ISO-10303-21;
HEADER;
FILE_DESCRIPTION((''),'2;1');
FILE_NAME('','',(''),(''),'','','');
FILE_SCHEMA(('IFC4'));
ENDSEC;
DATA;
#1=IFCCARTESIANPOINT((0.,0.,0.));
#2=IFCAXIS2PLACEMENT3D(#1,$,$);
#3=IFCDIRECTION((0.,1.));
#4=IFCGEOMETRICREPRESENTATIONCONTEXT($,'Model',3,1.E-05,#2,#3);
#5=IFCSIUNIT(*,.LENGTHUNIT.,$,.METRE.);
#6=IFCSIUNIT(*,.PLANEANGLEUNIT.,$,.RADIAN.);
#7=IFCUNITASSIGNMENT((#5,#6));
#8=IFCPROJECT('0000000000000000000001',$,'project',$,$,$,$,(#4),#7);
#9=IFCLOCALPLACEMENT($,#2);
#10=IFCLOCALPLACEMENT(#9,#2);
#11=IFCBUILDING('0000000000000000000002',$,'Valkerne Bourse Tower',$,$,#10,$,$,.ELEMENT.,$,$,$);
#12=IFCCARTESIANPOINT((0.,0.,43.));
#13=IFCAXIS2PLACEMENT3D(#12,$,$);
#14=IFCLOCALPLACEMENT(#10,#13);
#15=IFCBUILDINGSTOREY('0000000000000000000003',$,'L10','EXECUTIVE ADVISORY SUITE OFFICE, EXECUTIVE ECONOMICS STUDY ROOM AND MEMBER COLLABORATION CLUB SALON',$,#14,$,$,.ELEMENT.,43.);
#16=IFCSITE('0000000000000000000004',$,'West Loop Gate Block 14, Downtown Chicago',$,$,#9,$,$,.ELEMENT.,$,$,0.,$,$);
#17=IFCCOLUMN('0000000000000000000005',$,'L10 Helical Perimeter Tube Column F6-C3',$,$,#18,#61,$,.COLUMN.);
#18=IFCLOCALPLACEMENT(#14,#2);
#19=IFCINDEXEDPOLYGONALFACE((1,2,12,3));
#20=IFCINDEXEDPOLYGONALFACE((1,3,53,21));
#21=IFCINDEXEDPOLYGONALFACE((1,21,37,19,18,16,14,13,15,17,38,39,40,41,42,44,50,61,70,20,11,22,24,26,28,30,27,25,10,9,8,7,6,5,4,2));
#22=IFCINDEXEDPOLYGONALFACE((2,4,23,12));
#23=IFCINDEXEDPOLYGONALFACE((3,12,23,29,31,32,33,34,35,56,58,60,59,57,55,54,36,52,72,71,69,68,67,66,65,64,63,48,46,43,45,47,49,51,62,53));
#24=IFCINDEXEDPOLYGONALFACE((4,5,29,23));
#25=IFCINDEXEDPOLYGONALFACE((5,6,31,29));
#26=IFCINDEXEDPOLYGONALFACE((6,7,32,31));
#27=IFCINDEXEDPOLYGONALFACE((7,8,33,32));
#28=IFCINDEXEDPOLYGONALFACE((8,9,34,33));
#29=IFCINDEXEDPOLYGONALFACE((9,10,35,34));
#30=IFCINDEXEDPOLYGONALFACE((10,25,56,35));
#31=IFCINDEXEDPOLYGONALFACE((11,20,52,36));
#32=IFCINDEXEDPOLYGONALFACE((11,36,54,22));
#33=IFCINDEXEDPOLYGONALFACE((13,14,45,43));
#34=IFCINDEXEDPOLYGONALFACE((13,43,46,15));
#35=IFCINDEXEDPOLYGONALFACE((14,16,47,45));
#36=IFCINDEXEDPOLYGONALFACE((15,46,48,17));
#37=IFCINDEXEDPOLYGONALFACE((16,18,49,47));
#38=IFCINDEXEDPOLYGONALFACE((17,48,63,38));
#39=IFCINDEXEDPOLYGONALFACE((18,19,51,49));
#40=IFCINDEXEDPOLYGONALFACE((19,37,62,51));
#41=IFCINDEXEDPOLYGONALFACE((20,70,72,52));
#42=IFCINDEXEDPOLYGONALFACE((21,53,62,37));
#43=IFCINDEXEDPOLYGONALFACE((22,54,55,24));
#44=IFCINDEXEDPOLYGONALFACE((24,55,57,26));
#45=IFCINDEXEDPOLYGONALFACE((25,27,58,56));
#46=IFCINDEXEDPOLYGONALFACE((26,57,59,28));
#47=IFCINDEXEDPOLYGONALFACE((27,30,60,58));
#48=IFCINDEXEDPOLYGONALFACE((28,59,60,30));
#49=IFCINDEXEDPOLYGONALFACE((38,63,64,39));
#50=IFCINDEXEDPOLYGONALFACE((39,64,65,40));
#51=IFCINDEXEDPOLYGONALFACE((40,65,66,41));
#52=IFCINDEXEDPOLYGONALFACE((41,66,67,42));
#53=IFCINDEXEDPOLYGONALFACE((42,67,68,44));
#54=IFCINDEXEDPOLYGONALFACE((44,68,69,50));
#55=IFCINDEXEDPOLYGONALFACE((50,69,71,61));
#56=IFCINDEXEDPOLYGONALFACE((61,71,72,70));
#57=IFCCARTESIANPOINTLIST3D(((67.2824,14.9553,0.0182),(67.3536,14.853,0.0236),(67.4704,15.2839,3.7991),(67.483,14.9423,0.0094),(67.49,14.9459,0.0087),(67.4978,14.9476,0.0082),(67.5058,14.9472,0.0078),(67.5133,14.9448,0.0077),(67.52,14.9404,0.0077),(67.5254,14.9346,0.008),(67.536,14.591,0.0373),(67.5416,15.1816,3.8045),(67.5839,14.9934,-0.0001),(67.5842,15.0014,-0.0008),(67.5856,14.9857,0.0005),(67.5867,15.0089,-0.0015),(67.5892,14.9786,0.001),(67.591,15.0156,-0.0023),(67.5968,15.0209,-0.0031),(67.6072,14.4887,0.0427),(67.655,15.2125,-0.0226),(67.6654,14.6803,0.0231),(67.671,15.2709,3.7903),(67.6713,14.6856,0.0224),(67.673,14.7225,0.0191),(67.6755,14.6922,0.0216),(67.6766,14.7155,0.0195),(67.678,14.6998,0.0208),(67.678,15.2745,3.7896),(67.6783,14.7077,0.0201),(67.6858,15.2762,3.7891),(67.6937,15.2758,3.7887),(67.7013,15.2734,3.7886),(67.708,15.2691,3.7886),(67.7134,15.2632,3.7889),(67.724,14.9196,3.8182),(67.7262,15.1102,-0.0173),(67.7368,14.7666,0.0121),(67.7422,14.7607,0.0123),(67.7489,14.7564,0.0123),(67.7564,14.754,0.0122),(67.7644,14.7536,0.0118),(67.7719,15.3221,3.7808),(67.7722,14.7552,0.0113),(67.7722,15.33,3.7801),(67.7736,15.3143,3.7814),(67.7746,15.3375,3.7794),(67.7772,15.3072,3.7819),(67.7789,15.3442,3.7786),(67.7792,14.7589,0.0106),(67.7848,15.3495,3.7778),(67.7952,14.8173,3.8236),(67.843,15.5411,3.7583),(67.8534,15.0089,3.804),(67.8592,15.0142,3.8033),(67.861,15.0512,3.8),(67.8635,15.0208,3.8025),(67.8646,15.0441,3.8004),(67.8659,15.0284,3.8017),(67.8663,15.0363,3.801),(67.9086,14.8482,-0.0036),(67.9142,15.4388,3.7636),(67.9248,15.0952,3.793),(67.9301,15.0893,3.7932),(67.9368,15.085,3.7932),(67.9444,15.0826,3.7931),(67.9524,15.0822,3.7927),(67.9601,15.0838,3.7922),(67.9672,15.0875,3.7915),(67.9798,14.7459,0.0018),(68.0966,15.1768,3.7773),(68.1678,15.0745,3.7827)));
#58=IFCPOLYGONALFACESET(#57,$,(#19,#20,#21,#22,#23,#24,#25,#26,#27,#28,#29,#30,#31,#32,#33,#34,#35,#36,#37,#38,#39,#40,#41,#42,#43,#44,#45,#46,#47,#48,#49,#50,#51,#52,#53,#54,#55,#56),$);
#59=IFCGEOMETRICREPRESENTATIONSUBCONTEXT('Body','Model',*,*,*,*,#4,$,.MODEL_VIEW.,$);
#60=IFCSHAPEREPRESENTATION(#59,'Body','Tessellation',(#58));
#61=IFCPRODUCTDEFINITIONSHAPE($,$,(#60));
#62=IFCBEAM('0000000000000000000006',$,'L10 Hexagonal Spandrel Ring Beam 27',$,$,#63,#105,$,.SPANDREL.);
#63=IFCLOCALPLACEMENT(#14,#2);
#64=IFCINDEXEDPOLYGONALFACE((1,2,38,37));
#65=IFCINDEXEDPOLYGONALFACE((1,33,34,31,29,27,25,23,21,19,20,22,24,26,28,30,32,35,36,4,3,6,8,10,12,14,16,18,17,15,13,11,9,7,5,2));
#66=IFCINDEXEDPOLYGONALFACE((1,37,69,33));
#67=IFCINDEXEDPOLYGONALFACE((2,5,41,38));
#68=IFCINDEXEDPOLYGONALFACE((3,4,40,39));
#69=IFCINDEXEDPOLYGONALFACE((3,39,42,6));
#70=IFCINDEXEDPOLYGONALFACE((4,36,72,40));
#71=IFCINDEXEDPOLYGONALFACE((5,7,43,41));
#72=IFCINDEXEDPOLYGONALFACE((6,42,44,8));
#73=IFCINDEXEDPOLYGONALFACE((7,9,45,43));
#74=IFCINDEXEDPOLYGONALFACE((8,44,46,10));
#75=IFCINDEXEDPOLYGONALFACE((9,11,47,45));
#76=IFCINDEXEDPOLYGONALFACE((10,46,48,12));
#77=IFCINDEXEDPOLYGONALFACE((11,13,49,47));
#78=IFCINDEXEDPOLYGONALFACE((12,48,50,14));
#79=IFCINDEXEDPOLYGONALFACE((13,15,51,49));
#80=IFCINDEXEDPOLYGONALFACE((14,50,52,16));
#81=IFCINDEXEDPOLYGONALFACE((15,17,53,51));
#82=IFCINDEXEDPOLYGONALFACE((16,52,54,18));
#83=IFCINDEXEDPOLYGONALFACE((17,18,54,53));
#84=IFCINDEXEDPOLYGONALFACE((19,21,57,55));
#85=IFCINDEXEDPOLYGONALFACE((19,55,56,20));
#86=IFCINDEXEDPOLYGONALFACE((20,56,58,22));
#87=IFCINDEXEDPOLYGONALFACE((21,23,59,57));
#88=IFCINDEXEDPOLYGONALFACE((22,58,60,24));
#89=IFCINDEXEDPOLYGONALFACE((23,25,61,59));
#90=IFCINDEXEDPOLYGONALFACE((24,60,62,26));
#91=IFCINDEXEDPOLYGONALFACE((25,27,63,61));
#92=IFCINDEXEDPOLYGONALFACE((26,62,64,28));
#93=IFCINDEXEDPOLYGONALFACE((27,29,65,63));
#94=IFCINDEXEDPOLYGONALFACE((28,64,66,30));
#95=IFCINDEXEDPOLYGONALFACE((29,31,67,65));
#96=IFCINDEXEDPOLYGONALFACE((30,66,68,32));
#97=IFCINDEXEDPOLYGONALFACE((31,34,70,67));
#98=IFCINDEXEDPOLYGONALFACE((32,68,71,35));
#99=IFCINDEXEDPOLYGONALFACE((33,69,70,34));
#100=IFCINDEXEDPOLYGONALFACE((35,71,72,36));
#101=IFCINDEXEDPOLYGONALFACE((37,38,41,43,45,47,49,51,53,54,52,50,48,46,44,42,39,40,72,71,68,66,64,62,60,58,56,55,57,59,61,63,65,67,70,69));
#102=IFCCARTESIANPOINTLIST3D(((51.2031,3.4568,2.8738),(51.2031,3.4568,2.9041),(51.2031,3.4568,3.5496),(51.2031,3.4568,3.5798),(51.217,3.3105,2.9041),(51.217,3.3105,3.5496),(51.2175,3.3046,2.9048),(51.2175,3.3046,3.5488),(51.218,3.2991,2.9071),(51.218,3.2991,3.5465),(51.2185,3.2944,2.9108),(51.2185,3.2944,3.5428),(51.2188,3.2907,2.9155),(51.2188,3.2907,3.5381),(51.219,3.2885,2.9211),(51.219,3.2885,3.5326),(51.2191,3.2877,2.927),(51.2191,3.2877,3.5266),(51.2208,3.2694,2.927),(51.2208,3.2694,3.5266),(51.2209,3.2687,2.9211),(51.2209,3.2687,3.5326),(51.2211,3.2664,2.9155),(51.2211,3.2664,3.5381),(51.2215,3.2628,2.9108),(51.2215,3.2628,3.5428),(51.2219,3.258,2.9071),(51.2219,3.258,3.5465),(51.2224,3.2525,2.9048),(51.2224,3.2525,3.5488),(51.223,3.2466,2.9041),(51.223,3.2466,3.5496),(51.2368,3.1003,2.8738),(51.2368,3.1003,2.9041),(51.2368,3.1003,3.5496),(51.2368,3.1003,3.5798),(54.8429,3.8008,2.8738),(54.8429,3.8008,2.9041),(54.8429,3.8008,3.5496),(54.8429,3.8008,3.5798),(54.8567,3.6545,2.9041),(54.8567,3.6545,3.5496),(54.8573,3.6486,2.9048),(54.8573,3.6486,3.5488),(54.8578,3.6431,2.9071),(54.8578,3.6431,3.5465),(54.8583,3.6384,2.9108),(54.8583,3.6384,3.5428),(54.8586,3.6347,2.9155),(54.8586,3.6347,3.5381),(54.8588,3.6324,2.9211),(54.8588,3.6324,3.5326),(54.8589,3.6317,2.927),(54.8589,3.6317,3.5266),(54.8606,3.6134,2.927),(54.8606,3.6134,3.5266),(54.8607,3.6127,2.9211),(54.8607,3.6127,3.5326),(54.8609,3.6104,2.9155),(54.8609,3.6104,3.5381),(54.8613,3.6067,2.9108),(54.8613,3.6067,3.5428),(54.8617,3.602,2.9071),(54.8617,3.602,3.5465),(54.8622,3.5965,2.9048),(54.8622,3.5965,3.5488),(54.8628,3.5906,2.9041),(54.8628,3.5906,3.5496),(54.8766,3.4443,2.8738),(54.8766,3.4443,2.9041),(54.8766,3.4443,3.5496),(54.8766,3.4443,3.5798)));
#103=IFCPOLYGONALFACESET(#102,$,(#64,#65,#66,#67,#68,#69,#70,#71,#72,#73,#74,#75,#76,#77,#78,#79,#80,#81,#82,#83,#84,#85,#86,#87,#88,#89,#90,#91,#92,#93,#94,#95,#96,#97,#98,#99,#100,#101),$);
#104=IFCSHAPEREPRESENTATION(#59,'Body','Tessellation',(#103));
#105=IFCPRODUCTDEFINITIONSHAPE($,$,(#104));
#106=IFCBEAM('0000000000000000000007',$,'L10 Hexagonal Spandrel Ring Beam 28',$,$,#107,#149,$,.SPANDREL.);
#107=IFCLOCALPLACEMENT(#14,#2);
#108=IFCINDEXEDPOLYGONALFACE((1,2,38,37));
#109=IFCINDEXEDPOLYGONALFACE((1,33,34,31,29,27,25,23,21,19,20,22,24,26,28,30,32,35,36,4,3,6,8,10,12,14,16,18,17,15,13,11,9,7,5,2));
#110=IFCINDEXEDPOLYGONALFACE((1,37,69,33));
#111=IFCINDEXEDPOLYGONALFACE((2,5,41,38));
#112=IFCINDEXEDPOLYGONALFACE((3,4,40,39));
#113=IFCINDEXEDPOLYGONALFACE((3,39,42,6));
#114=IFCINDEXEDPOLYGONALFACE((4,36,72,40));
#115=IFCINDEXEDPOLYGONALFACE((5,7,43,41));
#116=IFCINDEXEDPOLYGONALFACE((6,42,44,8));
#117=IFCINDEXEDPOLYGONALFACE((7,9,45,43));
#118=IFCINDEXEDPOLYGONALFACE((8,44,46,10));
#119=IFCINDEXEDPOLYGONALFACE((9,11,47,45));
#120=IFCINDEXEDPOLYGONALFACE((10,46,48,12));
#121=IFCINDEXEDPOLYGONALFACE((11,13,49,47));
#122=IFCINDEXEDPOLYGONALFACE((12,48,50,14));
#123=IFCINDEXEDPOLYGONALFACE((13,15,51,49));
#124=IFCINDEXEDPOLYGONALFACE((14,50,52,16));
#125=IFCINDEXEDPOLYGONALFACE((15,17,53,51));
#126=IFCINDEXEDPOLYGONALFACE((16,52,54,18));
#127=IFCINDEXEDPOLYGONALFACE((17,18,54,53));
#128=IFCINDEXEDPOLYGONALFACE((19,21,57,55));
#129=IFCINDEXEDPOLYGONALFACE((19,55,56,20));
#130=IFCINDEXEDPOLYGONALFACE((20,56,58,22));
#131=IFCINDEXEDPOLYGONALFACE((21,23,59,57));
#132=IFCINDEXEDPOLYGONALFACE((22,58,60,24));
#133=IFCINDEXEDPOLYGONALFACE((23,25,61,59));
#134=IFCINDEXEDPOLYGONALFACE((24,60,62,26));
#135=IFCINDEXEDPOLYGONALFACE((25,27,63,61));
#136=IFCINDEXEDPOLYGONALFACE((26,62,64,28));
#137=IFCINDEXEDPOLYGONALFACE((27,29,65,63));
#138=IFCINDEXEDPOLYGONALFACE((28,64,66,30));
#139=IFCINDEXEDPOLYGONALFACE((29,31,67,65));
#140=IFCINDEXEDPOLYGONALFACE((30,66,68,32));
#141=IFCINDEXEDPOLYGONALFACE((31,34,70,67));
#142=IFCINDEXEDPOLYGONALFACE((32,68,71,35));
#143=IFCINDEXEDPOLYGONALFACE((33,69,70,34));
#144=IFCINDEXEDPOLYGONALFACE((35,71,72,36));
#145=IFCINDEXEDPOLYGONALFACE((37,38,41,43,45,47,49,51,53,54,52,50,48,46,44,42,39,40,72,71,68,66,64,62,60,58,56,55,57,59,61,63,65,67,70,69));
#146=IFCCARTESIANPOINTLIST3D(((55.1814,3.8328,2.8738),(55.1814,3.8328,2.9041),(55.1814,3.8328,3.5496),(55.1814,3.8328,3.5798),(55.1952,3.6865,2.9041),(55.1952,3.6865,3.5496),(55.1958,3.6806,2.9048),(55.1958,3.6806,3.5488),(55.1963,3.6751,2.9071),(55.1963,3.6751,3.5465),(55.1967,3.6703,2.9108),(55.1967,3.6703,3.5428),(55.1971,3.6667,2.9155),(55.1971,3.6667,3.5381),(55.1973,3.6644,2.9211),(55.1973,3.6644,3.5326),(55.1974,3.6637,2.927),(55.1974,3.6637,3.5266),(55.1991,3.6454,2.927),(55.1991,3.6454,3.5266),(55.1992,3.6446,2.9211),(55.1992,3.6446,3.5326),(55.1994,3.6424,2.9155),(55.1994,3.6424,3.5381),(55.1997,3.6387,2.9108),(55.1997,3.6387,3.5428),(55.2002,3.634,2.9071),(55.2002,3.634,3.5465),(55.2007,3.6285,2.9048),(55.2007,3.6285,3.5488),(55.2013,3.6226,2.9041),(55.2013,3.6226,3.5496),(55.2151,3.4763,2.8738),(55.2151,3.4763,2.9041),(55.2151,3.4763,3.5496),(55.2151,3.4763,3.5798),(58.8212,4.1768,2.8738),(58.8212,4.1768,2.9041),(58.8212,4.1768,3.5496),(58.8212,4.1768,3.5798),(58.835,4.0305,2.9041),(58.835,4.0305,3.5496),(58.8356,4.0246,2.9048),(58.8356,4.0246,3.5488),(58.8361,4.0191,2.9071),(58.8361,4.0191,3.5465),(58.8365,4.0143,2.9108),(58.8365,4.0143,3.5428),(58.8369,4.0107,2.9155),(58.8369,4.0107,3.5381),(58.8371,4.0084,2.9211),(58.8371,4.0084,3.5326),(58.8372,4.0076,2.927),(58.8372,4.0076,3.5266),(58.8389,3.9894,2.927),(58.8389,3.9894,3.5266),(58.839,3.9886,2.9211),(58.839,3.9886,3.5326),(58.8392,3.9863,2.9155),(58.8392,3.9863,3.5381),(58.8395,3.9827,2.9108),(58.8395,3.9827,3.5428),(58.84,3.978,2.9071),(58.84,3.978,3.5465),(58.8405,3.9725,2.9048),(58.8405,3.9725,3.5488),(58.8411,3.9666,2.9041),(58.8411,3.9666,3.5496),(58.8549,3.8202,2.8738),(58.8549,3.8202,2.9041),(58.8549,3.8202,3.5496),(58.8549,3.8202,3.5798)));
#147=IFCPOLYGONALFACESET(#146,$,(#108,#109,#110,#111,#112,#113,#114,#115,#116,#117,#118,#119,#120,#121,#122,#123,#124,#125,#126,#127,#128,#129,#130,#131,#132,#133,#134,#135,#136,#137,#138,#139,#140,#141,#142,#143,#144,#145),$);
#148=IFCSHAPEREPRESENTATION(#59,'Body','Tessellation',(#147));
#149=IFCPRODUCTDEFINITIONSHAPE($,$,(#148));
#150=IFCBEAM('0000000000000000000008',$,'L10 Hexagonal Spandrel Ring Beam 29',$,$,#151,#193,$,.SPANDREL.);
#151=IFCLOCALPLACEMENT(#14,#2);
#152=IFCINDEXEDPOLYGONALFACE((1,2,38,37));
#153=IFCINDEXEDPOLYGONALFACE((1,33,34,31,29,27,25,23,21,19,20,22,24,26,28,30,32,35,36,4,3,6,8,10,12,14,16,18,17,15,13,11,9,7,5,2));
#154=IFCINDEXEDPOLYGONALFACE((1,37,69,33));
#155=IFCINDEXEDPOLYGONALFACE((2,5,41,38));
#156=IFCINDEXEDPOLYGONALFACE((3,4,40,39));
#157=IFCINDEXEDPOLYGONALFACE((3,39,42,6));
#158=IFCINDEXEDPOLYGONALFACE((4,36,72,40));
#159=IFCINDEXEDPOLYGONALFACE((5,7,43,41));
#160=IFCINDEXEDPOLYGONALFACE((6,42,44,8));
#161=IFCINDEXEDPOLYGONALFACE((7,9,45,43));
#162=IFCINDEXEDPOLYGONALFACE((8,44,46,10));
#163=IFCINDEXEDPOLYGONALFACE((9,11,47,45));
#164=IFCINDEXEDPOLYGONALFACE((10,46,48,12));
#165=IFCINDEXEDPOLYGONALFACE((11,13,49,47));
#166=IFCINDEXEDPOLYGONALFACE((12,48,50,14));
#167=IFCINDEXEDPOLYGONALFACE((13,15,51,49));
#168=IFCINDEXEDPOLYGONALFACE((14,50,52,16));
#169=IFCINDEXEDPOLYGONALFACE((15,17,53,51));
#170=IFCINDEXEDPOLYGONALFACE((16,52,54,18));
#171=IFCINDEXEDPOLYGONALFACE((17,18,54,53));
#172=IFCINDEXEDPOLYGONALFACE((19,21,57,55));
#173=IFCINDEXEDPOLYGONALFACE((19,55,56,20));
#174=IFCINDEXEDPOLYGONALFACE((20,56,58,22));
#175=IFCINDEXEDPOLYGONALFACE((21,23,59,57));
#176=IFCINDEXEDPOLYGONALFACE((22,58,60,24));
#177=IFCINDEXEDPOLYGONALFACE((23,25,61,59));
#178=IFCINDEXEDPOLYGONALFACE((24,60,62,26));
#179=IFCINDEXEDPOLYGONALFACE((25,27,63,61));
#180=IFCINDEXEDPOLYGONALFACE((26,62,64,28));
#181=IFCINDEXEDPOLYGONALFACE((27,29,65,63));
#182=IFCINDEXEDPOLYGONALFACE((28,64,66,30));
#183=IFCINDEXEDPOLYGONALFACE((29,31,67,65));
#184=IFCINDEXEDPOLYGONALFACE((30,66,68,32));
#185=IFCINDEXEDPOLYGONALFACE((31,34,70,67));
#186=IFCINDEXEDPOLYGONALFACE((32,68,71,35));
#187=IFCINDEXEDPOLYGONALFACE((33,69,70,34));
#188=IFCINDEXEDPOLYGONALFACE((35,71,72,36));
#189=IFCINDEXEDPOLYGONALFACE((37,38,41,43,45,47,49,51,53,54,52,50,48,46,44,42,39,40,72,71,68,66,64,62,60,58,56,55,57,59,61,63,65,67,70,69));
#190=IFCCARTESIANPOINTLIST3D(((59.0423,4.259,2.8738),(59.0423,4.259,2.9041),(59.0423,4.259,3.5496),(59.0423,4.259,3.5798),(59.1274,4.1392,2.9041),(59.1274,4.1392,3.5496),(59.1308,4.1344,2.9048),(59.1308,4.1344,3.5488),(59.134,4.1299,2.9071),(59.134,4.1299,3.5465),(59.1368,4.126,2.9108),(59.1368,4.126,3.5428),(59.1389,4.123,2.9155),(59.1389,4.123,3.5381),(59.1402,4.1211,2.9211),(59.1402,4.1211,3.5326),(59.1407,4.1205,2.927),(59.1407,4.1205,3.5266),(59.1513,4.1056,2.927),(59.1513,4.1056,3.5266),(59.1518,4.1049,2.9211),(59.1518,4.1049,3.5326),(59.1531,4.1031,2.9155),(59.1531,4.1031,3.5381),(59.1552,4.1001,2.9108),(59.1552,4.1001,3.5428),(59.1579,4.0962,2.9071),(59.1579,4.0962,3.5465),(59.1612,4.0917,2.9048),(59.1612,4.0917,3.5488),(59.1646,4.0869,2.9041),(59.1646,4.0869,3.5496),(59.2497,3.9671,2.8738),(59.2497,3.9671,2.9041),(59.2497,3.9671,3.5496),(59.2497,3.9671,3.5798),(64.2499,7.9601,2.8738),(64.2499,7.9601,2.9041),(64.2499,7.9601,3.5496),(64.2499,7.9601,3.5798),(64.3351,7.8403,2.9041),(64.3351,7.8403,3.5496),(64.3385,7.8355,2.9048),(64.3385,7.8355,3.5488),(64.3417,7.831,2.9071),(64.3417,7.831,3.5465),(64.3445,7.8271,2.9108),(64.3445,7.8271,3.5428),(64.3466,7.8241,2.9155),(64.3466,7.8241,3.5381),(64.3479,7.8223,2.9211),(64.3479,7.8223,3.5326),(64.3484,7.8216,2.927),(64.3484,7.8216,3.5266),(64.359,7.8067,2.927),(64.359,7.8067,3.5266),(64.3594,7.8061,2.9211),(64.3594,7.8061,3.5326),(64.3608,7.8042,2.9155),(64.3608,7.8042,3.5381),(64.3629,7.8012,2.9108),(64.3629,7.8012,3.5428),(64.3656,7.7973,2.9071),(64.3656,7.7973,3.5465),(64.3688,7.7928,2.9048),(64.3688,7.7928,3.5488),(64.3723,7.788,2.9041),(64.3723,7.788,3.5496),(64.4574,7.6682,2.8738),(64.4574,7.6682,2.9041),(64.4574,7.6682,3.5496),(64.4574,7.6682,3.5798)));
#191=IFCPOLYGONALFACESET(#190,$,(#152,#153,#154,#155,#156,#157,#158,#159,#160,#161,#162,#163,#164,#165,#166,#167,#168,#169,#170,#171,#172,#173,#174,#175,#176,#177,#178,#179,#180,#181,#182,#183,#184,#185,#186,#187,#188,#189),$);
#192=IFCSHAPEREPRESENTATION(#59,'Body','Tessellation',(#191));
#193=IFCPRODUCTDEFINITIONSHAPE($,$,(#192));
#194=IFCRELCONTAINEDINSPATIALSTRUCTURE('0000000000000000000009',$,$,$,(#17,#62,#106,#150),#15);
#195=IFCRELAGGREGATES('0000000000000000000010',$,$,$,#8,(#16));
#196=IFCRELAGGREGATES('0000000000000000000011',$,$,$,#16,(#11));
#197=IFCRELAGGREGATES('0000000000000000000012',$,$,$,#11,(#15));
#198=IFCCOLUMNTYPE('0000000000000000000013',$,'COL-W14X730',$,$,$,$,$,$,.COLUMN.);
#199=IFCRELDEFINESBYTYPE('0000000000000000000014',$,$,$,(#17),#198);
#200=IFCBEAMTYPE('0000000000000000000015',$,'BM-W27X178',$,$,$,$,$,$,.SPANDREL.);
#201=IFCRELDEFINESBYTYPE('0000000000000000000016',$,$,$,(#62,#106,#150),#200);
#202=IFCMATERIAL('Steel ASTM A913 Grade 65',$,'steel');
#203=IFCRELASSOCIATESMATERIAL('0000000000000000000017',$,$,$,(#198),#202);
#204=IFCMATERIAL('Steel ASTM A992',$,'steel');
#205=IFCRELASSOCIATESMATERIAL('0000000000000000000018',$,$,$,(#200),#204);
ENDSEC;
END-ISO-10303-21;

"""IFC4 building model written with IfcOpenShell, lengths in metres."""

from ifc_helpers import new_model, si_unit, direction, frame, origin, origin_2d, place, context, subcontext, project, spatial, i_section, extrude, material, material_profile, profile_set, type_object, element, save


model = new_model("IFC4")

# Units and contexts
model_context = context("Model", 3, precision=1e-05, world=origin(), true_north=direction((0.0, 1.0)))
body_context = subcontext(model_context, "Body", "Model", "MODEL_VIEW")
ifc_project = project(units=[si_unit("LENGTHUNIT", "METRE"), si_unit("PLANEANGLEUNIT", "RADIAN")], contexts=[model_context])

# Site, building, storey
site_placement = place(None, origin())
site = spatial("IfcSite", under=ifc_project, at=site_placement, Name="West Loop Gate Block 14, Downtown Chicago", CompositionType="ELEMENT", RefElevation=0.0)
building_placement = place(site_placement, origin())
building = spatial("IfcBuilding", under=site, at=building_placement, Name="Valkerne Bourse Tower", CompositionType="ELEMENT")
storey_placement = place(building_placement, frame((0.0, 0.0, 43.0)))
storey = spatial("IfcBuildingStorey", under=building, at=storey_placement, Name="L10", Description="EXECUTIVE ADVISORY SUITE OFFICE, EXECUTIVE ECONOMICS STUDY ROOM AND MEMBER COLLABORATION CLUB SALON", CompositionType="ELEMENT", Elevation=43.0)

# Column
ifc_material_1 = material(Name="Steel ASTM A913 Grade 65", Category="steel")
ifc_material_profile_1 = material_profile(ifc_material_1, i_section(OverallWidth=0.4546, OverallDepth=0.5691, WebThickness=0.0779, FlangeThickness=0.1248, FilletRadius=0.0305, at=origin_2d()), Name="W14X730")
ifc_profile_set_1 = profile_set([ifc_material_profile_1], Name="Steel ASTM A913 Grade 65")
column_type = type_object("IfcColumnType", Name="COL-W14X730", PredefinedType="COLUMN", material=ifc_profile_set_1)
column_1_placement = place(storey_placement, frame((67.6311, 14.8506, 0.01), z_axis=(0.049472, 0.086479, 0.995025), x_axis=(-0.81964, -0.565778, 0.089924)))
element("IfcColumn", 1, at=column_1_placement, inside=storey, type_object=column_type, Name="L10 Helical Perimeter Tube Column F6-C3", PredefinedType="COLUMN", context=body_context, shape_type="SweptSolid", body=[
    extrude(i_section(OverallWidth=0.4546, OverallDepth=0.5691, WebThickness=0.0779, FlangeThickness=0.1248, FilletRadius=0.0305, at=origin_2d()), origin(), (0.0, 0.0, 1.0), 3.7998),
])

# Beams
ifc_material_2 = material(Name="Steel ASTM A992", Category="steel")
ifc_material_profile_2 = material_profile(ifc_material_2, i_section(OverallWidth=0.3582, OverallDepth=0.7061, WebThickness=0.0183, FlangeThickness=0.0303, FilletRadius=0.0229, at=origin_2d()), Name="W27X178")
ifc_profile_set_2 = profile_set([ifc_material_profile_2], Name="Steel ASTM A992")
beam_type = type_object("IfcBeamType", Name="BM-W27X178", PredefinedType="SPANDREL", material=ifc_profile_set_2)
for number, where, z_axis, x_axis, name in (
    (2, (51.22, 3.2786, 3.2268), (0.995564, 0.094087, 0.0), (-0.094087, 0.995564, 0.0), "L10 Hexagonal Spandrel Ring Beam 27"),
    (3, (55.1982, 3.6545, 3.2268), (0.995564, 0.094087, 0.0), (-0.094087, 0.995564, 0.0), "L10 Hexagonal Spandrel Ring Beam 28"),
):
    element("IfcBeam", number, at=place(storey_placement, frame(where, z_axis=z_axis, x_axis=x_axis)), inside=storey, type_object=beam_type, Name=name, PredefinedType="SPANDREL", context=body_context, shape_type="SweptSolid", body=[
        extrude(i_section(OverallWidth=0.3582, OverallDepth=0.7061, WebThickness=0.0183, FlangeThickness=0.0303, FilletRadius=0.0229, at=origin_2d()), origin(), (0.0, 0.0, 1.0), 3.656),
    ])
beam_placement = place(storey_placement, frame((59.146, 4.113, 3.2268), z_axis=(0.815113, 0.579303, 0.0), x_axis=(-0.579303, 0.815113, 0.0)))
element("IfcBeam", 4, at=beam_placement, inside=storey, type_object=beam_type, Name="L10 Hexagonal Spandrel Ring Beam 29", PredefinedType="SPANDREL", context=body_context, shape_type="SweptSolid", body=[
    extrude(i_section(OverallWidth=0.3582, OverallDepth=0.7061, WebThickness=0.0183, FlangeThickness=0.0303, FilletRadius=0.0229, at=origin_2d()), origin(), (0.0, 0.0, 1.0), 6.3889),
])

save(model, "model.ifc")
